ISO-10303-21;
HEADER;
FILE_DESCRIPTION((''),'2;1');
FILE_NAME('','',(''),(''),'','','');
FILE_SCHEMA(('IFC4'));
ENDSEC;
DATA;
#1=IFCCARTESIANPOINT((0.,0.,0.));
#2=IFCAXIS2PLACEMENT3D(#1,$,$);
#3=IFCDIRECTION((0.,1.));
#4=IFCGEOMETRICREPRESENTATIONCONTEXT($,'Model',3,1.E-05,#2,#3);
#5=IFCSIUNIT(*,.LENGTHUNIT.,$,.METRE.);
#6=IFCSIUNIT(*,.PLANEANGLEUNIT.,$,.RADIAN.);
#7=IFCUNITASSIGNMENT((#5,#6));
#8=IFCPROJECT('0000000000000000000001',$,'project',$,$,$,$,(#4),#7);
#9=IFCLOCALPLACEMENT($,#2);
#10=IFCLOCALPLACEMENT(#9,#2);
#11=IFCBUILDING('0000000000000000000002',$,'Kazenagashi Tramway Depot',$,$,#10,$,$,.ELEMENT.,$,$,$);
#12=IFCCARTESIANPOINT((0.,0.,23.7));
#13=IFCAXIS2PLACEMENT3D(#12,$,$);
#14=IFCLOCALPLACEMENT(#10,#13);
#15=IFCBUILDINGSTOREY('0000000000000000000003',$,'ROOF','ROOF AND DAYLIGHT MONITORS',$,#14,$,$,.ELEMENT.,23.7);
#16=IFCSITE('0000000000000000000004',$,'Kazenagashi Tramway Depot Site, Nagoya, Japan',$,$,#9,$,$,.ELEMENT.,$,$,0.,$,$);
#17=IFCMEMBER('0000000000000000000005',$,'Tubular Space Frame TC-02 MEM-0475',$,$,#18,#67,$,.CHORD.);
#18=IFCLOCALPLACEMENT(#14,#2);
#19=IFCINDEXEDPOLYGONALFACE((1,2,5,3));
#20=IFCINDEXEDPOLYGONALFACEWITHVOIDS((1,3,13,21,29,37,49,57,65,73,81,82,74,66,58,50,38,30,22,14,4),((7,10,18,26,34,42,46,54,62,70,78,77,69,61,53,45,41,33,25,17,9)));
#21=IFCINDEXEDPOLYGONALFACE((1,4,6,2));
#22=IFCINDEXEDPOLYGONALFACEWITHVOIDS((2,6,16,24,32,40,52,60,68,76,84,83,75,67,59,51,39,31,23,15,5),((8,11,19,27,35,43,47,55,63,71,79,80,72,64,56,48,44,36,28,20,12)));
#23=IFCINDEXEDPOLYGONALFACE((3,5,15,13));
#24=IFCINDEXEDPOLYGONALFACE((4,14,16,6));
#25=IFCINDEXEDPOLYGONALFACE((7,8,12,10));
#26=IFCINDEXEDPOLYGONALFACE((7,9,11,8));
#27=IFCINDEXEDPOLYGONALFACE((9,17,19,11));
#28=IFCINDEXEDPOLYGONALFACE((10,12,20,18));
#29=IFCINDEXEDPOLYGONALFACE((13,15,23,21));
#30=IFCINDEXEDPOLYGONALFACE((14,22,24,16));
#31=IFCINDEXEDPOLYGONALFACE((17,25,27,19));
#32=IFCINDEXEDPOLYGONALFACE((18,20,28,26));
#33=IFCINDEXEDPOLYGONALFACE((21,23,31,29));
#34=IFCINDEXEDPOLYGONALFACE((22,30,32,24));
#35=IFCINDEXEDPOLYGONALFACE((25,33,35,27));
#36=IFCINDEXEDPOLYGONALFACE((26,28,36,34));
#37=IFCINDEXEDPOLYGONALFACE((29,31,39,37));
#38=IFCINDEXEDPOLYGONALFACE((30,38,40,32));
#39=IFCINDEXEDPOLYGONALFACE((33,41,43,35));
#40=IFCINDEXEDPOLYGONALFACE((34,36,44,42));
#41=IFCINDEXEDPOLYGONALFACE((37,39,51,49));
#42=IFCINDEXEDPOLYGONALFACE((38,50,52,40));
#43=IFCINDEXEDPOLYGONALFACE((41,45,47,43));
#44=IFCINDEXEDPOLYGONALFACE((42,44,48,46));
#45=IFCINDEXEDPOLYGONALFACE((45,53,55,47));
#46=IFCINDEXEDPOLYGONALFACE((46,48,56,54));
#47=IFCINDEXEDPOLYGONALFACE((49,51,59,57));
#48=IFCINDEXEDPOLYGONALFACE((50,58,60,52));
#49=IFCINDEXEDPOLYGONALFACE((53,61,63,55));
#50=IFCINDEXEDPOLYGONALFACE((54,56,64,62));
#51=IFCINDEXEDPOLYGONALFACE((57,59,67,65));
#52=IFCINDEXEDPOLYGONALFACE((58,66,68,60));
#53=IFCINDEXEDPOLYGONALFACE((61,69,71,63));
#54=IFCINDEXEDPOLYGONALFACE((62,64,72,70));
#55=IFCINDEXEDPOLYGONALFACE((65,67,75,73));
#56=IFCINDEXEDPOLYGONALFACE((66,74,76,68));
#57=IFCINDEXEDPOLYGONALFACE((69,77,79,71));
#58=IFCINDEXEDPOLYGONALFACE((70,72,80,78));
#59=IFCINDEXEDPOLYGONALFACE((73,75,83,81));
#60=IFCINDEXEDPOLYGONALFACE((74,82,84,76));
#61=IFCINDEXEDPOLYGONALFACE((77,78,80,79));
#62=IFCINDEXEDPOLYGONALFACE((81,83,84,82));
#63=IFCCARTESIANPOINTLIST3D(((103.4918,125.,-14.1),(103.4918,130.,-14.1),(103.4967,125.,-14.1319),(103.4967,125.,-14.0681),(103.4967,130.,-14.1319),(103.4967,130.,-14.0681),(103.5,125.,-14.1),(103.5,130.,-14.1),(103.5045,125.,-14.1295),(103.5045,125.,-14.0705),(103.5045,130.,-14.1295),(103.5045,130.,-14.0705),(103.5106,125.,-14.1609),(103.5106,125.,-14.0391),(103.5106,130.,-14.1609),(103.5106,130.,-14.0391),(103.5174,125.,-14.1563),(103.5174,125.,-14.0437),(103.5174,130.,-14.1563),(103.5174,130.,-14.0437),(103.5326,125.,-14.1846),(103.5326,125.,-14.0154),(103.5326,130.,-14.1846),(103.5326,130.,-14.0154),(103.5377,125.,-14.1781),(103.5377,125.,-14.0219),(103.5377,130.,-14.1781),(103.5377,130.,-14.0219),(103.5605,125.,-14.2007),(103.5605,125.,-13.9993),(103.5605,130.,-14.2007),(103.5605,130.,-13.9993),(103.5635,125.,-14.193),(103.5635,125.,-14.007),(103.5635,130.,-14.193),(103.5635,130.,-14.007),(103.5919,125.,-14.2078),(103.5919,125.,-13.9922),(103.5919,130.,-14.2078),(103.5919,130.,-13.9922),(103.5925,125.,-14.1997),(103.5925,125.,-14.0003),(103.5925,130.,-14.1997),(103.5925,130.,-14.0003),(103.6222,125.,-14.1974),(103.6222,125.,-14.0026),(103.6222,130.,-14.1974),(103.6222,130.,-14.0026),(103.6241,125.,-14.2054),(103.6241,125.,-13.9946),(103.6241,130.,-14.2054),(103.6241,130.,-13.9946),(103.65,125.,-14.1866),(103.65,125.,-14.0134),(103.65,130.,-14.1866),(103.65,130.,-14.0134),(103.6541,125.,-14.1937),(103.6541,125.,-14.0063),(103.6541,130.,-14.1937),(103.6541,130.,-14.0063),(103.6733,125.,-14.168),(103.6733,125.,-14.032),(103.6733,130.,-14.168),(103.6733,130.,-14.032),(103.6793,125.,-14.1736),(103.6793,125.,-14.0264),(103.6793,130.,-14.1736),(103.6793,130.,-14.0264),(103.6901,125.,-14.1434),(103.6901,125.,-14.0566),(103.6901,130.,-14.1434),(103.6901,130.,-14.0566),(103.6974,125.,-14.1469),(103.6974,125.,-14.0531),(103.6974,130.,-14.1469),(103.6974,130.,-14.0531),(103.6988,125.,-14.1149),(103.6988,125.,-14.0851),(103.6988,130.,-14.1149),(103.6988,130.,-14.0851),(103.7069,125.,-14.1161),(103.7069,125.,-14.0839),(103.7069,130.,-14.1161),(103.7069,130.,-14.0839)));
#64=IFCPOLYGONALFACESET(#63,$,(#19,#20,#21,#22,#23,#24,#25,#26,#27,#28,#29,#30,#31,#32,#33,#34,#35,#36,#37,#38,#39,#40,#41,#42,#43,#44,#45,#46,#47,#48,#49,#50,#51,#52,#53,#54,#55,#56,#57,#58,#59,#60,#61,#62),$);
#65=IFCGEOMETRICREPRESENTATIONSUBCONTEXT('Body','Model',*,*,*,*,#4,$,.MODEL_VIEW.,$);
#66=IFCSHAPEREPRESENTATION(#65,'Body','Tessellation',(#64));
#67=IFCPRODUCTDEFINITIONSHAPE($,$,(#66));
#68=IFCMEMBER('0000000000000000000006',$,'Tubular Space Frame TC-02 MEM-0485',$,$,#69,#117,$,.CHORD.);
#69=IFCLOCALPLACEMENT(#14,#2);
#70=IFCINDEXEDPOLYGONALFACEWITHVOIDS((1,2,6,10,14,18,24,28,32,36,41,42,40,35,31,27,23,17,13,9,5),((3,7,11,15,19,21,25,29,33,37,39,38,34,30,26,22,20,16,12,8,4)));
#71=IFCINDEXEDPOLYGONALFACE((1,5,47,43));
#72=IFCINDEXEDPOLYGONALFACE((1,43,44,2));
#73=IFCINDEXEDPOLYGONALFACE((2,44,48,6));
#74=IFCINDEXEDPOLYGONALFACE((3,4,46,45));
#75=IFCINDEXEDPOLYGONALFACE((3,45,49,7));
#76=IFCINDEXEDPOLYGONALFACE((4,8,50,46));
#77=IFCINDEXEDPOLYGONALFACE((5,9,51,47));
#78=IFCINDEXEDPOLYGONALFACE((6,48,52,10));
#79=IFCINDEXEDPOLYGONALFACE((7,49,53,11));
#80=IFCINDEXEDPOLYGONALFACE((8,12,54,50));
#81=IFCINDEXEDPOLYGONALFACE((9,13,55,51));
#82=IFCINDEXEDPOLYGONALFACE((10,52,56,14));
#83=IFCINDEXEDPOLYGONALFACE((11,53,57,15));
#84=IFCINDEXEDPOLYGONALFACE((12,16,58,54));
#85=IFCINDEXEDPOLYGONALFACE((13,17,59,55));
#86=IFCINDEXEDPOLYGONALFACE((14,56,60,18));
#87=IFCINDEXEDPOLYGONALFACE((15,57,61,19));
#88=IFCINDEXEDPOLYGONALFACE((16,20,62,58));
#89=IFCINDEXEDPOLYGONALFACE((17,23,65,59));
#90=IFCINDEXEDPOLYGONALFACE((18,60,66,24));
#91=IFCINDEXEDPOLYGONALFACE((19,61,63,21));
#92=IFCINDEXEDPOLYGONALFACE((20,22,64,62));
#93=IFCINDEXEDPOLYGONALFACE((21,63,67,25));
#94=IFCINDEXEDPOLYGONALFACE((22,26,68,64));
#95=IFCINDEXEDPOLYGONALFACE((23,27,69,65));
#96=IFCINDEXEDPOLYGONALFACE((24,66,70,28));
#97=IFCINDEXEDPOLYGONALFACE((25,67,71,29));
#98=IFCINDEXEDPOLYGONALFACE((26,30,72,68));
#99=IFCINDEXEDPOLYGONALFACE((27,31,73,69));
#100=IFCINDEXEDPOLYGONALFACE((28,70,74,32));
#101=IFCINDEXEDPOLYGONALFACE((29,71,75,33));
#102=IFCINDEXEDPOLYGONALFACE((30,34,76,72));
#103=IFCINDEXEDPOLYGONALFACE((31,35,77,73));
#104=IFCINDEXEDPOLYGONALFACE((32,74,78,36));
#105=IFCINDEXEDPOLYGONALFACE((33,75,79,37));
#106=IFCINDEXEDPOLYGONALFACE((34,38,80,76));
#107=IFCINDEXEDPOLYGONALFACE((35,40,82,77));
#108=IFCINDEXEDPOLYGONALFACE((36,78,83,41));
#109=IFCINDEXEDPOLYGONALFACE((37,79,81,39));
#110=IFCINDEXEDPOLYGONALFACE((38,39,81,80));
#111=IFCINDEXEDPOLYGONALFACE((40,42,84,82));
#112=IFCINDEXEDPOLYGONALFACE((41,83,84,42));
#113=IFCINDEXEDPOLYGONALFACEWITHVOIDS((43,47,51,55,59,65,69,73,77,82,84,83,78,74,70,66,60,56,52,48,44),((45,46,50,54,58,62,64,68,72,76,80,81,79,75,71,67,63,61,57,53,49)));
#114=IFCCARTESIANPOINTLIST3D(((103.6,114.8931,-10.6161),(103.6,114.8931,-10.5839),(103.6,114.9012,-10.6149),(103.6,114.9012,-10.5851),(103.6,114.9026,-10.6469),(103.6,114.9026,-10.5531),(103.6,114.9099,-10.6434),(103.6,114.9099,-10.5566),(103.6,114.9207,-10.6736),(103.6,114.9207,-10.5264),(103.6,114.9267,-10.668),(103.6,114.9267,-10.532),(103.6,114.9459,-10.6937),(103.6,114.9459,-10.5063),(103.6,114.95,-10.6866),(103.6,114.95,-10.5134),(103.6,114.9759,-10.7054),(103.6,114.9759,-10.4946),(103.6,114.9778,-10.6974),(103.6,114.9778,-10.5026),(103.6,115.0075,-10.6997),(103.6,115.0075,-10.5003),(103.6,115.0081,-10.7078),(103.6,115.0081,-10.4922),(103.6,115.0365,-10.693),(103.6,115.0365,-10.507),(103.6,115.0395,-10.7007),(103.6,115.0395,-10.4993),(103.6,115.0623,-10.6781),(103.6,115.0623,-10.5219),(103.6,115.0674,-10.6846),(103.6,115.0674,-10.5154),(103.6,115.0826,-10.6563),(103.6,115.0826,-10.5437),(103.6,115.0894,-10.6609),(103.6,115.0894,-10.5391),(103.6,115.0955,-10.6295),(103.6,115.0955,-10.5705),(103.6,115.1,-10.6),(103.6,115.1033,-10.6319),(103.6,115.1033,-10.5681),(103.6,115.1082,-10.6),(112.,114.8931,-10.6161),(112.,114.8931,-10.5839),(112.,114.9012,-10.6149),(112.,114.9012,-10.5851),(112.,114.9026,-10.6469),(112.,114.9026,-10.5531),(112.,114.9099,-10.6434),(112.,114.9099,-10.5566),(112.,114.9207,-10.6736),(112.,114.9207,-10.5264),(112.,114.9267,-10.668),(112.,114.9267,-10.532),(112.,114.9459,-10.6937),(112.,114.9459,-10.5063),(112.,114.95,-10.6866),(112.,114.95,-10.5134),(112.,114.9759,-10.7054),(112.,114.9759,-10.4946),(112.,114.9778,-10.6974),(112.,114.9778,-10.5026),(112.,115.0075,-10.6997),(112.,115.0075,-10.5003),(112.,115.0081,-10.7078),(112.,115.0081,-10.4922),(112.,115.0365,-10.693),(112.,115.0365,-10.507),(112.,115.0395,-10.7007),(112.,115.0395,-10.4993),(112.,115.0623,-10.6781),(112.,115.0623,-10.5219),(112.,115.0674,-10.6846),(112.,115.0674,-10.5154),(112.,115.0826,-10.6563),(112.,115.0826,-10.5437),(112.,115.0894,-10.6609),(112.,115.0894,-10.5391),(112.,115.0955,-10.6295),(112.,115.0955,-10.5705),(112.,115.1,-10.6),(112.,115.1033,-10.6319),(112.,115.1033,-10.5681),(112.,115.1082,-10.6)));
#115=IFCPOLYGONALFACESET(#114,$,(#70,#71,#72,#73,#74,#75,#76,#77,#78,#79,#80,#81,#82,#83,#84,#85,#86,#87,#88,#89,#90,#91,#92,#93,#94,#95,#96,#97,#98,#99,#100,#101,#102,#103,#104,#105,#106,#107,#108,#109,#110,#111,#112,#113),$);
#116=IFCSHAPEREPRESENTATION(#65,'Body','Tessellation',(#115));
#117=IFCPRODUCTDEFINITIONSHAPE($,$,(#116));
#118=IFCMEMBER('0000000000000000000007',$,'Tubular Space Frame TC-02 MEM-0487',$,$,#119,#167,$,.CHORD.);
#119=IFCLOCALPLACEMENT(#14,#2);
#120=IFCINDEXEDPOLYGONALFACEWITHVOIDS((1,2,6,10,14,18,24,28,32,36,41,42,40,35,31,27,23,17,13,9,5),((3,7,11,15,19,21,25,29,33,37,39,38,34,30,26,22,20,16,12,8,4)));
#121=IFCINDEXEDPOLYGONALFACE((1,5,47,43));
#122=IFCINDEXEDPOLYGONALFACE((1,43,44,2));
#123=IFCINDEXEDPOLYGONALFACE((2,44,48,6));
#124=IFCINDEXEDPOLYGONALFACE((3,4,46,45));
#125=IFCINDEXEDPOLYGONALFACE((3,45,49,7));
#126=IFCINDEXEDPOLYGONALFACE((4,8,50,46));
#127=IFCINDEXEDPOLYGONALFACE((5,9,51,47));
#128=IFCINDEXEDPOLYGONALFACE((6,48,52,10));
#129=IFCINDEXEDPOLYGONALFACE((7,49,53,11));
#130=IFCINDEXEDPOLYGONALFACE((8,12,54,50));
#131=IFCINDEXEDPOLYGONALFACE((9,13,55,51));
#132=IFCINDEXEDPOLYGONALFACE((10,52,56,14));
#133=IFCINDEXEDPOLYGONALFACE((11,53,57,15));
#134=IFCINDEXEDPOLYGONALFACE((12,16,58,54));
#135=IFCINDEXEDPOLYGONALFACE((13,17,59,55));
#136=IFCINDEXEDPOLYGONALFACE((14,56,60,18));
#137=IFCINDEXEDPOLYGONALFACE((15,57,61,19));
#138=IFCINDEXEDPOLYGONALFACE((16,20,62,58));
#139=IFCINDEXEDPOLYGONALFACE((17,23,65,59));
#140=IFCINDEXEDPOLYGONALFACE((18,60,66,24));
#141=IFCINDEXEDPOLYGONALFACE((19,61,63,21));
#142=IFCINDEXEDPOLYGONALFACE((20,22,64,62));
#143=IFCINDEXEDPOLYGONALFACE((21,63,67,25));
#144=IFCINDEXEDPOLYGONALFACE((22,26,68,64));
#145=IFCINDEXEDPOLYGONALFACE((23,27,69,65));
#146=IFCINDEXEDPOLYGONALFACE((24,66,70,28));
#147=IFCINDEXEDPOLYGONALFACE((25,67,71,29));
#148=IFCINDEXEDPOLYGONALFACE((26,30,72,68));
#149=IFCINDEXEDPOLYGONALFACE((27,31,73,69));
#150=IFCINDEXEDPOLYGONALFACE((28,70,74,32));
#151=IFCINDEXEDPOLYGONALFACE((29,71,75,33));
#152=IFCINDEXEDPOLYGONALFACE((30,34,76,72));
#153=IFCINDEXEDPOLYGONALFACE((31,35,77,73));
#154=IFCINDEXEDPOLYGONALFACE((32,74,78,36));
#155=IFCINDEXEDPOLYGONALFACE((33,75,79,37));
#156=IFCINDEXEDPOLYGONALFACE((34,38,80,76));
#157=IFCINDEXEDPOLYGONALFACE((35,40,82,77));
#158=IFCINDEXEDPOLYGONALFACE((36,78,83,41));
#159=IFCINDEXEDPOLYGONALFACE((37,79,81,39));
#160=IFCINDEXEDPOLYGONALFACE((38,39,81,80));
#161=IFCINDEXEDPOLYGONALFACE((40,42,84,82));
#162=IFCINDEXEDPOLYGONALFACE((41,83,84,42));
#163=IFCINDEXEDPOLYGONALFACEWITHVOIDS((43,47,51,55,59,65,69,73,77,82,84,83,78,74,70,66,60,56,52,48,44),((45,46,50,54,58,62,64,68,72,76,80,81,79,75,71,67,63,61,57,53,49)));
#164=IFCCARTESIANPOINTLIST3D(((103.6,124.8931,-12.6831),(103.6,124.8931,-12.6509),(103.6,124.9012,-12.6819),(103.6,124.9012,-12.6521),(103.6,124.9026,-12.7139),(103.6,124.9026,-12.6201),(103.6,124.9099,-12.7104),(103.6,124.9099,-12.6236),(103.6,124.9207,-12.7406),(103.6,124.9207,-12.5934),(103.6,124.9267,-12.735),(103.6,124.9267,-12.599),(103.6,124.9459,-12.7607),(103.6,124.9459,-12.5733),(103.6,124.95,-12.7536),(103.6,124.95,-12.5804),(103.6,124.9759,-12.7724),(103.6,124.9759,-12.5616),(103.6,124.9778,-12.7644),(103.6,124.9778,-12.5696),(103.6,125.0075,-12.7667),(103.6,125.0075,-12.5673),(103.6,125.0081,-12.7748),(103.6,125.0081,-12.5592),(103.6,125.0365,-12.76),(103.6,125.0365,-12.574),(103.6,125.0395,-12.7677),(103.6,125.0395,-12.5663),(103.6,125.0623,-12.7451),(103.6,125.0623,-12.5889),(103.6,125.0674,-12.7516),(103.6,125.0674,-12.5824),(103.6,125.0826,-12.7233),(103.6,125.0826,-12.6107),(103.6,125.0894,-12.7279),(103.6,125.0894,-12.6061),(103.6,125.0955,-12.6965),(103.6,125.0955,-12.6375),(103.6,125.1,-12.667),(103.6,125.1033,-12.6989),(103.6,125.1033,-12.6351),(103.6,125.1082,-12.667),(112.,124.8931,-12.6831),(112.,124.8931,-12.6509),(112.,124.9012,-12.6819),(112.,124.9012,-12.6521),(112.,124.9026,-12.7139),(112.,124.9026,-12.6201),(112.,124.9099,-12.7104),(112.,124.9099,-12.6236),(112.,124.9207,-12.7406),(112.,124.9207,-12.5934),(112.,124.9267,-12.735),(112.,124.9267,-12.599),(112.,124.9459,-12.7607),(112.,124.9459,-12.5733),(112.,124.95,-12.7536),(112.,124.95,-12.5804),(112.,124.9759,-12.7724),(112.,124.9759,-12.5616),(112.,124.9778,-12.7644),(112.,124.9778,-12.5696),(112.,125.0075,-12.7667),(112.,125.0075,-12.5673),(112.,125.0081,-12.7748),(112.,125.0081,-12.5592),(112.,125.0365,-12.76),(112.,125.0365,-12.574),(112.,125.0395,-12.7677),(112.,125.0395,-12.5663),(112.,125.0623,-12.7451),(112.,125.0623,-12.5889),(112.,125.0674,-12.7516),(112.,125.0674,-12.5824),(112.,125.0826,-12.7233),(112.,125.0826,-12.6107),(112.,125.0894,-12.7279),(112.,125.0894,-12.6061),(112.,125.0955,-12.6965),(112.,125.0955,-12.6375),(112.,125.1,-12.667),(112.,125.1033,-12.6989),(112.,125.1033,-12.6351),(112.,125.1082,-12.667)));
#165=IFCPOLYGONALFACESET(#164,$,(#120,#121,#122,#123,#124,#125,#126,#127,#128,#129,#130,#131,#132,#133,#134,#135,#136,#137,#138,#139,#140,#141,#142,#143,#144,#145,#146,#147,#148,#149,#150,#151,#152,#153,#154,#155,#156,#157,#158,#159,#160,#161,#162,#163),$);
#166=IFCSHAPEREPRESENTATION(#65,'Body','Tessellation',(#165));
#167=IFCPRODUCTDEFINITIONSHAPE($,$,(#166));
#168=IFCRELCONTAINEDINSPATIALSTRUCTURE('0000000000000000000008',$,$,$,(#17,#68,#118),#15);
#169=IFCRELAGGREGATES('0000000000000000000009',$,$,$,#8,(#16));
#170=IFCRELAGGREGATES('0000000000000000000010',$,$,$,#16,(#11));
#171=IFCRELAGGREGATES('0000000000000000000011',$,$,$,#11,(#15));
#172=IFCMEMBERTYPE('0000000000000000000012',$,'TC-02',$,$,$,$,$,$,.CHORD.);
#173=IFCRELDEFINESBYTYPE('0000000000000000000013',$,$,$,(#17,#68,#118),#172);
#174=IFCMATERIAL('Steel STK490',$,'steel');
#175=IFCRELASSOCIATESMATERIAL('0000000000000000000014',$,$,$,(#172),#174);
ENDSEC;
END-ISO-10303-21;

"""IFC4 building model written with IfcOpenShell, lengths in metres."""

from ifc_helpers import new_model, si_unit, direction, frame, origin, origin_2d, place, context, subcontext, project, spatial, hollow_circle, extrude, material, material_profile, profile_set, type_object, element, save


model = new_model("IFC4")

# Units and contexts
model_context = context("Model", 3, precision=1e-05, world=origin(), true_north=direction((0.0, 1.0)))
body_context = subcontext(model_context, "Body", "Model", "MODEL_VIEW")
ifc_project = project(units=[si_unit("LENGTHUNIT", "METRE"), si_unit("PLANEANGLEUNIT", "RADIAN")], contexts=[model_context])

# Site, building, storey
site_placement = place(None, origin())
site = spatial("IfcSite", under=ifc_project, at=site_placement, Name="Kazenagashi Tramway Depot Site, Nagoya, Japan", CompositionType="ELEMENT", RefElevation=0.0)
building_placement = place(site_placement, origin())
building = spatial("IfcBuilding", under=site, at=building_placement, Name="Kazenagashi Tramway Depot", CompositionType="ELEMENT")
storey_placement = place(building_placement, frame((0.0, 0.0, 23.7)))
storey = spatial("IfcBuildingStorey", under=building, at=storey_placement, Name="ROOF", Description="ROOF AND DAYLIGHT MONITORS", CompositionType="ELEMENT", Elevation=23.7)

# Members
ifc_material_1 = material(Name="Steel STK490", Category="steel")
ifc_material_profile_1 = material_profile(ifc_material_1, hollow_circle(Radius=0.1081, WallThickness=0.0082, at=origin_2d()), Name="CHS-216.3x8.2")
ifc_profile_set_1 = profile_set([ifc_material_profile_1], Name="Steel STK490")
member_type_1 = type_object("IfcMemberType", Name="TC-02", PredefinedType="CHORD", material=ifc_profile_set_1)
for number, where, z_axis, x_axis, name in (
    (1, (103.6, 125.0, -14.1), (0.0, 1.0, 0.0), (-1.0, 0.0, 0.0), "Tubular Space Frame TC-02 MEM-0475"),
):
    element("IfcMember", number, at=place(storey_placement, frame(where, z_axis=z_axis, x_axis=x_axis)), inside=storey, type_object=member_type_1, Name=name, PredefinedType="CHORD", context=body_context, shape_type="SweptSolid", body=[
        extrude(hollow_circle(Radius=0.1081, WallThickness=0.0082, at=origin_2d()), origin(), (0.0, 0.0, 1.0), 5.0),
    ])
for number, where, z_axis, x_axis, name in (
    (2, (103.6, 115.0, -10.6), (1.0, 0.0, 0.0), (0.0, 1.0, 0.0), "Tubular Space Frame TC-02 MEM-0485"),
    (3, (103.6, 125.0, -12.667), (1.0, 0.0, 0.0), (0.0, 1.0, 0.0), "Tubular Space Frame TC-02 MEM-0487"),
):
    element("IfcMember", number, at=place(storey_placement, frame(where, z_axis=z_axis, x_axis=x_axis)), inside=storey, type_object=member_type_1, Name=name, PredefinedType="CHORD", context=body_context, shape_type="SweptSolid", body=[
        extrude(hollow_circle(Radius=0.1081, WallThickness=0.0082, at=origin_2d()), origin(), (0.0, 0.0, 1.0), 8.4),
    ])

save(model, "model.ifc")
